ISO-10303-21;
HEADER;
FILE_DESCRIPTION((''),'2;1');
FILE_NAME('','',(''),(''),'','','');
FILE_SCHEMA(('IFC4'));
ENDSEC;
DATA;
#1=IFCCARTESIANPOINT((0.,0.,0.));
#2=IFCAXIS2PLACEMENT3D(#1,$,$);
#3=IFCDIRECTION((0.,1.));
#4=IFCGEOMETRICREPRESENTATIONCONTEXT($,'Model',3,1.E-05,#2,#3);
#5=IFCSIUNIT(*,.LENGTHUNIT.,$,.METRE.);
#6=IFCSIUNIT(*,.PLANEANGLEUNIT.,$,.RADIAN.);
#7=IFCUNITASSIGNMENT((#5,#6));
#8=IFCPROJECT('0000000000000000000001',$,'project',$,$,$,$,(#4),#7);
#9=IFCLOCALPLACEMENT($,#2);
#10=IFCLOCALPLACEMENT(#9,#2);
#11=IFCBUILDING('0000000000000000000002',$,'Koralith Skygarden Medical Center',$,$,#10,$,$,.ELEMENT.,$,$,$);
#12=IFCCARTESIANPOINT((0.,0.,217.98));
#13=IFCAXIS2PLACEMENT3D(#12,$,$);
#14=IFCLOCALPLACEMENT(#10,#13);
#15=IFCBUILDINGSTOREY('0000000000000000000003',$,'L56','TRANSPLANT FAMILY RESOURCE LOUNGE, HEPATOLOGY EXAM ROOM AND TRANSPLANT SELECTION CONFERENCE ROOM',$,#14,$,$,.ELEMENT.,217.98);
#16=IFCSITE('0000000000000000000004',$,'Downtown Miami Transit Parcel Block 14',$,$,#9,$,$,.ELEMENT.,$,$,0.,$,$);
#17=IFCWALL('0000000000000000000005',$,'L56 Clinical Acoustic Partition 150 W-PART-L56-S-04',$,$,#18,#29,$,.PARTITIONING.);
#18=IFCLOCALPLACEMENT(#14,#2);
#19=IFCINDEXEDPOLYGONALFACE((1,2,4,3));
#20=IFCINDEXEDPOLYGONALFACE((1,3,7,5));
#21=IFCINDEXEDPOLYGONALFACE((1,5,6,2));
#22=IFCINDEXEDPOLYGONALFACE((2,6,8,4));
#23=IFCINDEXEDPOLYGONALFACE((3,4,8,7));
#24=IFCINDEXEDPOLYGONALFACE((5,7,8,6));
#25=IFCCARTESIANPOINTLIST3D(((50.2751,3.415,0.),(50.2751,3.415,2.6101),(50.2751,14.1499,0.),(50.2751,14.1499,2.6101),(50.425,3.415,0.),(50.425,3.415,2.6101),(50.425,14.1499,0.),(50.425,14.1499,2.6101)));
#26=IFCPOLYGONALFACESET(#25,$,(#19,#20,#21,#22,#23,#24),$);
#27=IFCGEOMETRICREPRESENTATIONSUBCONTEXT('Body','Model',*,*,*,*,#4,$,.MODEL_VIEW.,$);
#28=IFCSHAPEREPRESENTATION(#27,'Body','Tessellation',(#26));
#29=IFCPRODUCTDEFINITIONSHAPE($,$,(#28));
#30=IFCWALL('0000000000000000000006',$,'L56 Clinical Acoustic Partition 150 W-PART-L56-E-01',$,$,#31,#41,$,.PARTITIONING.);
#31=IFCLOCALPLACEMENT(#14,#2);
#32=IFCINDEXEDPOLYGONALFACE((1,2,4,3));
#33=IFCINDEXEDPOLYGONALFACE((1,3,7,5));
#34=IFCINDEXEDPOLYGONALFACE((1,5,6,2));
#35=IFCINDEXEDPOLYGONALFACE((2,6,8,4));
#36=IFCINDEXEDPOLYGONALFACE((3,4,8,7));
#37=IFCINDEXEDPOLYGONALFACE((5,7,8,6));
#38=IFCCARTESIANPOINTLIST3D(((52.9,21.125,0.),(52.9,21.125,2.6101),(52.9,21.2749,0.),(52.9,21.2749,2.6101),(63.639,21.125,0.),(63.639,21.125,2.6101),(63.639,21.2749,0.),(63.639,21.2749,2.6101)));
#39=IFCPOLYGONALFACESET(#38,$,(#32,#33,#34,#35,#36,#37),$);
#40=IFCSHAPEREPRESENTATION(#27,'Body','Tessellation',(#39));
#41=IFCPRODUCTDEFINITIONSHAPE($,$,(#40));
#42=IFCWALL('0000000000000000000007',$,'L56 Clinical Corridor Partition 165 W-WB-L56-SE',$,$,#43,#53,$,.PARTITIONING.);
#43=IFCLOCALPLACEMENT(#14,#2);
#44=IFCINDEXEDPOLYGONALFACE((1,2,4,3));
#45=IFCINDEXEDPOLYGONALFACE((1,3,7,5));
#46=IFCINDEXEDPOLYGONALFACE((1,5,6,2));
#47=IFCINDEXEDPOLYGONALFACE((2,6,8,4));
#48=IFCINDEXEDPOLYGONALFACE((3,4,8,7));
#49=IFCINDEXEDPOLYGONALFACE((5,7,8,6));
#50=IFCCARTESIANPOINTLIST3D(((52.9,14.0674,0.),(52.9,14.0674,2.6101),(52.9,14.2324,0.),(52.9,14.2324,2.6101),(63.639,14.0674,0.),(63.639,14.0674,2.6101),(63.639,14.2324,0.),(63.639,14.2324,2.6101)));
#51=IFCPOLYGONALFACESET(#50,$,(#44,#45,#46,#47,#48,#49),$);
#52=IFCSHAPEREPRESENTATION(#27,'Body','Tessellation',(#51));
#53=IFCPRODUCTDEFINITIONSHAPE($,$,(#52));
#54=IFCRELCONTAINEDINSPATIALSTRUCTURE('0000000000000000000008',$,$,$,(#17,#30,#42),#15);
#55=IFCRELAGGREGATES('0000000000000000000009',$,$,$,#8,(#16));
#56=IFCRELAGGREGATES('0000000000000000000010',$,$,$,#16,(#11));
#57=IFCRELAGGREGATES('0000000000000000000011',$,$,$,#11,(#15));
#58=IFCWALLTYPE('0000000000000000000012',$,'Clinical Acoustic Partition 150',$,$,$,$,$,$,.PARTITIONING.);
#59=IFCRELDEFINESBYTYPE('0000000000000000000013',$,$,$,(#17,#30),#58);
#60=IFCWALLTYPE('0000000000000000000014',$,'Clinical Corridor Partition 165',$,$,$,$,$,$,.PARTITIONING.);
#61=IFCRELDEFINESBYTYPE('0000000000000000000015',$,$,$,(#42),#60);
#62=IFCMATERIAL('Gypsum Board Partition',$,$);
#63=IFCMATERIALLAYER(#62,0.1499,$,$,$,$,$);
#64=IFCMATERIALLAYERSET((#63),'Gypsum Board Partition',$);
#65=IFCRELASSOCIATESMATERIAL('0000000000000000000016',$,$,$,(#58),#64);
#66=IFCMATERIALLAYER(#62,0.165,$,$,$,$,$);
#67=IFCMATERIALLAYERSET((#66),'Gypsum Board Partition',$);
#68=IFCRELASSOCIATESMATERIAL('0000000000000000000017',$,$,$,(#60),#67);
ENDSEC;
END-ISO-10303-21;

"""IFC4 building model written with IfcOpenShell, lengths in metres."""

from ifc_helpers import new_model, si_unit, direction, frame, frame_2d, origin, place, context, subcontext, project, spatial, rectangle, extrude, material, layer, layer_set, type_object, element, save


model = new_model("IFC4")

# Units and contexts
model_context = context("Model", 3, precision=1e-05, world=origin(), true_north=direction((0.0, 1.0)))
body_context = subcontext(model_context, "Body", "Model", "MODEL_VIEW")
ifc_project = project(units=[si_unit("LENGTHUNIT", "METRE"), si_unit("PLANEANGLEUNIT", "RADIAN")], contexts=[model_context])

# Site, building, storey
site_placement = place(None, origin())
site = spatial("IfcSite", under=ifc_project, at=site_placement, Name="Downtown Miami Transit Parcel Block 14", CompositionType="ELEMENT", RefElevation=0.0)
building_placement = place(site_placement, origin())
building = spatial("IfcBuilding", under=site, at=building_placement, Name="Koralith Skygarden Medical Center", CompositionType="ELEMENT")
storey_placement = place(building_placement, frame((0.0, 0.0, 217.98)))
storey = spatial("IfcBuildingStorey", under=building, at=storey_placement, Name="L56", Description="TRANSPLANT FAMILY RESOURCE LOUNGE, HEPATOLOGY EXAM ROOM AND TRANSPLANT SELECTION CONFERENCE ROOM", CompositionType="ELEMENT", Elevation=217.98)

# Walls
ifc_material_1 = material(Name="Gypsum Board Partition")
ifc_layer_1 = layer(ifc_material_1, 0.1499)
ifc_layer_set_1 = layer_set([ifc_layer_1], Name="Gypsum Board Partition")
wall_type_1 = type_object("IfcWallType", Name="Clinical Acoustic Partition 150", PredefinedType="PARTITIONING", material=ifc_layer_set_1)
wall_1_placement = place(storey_placement, frame((50.3501, 14.1499, 0.0), z_axis=(0.0, 0.0, 1.0), x_axis=(0.0, -1.0, 0.0)))
element("IfcWall", 1, at=wall_1_placement, inside=storey, type_object=wall_type_1, Name="L56 Clinical Acoustic Partition 150 W-PART-L56-S-04", PredefinedType="PARTITIONING", context=body_context, shape_type="SweptSolid", body=[
    extrude(rectangle(XDim=10.7349, YDim=0.1499, at=frame_2d((5.3674, 0.0))), origin(), (0.0, 0.0, 1.0), 2.6101),
])
wall_2_placement = place(storey_placement, frame((52.8999, 21.2, 0.0), z_axis=(0.0, 0.0, 1.0), x_axis=(1.0, 0.0, 0.0)))
element("IfcWall", 2, at=wall_2_placement, inside=storey, type_object=wall_type_1, Name="L56 Clinical Acoustic Partition 150 W-PART-L56-E-01", PredefinedType="PARTITIONING", context=body_context, shape_type="SweptSolid", body=[
    extrude(rectangle(XDim=10.739, YDim=0.1499, at=frame_2d((5.3696, 0.0))), origin(), (0.0, 0.0, 1.0), 2.6101),
])
ifc_layer_2 = layer(ifc_material_1, 0.165)
ifc_layer_set_2 = layer_set([ifc_layer_2], Name="Gypsum Board Partition")
wall_type_2 = type_object("IfcWallType", Name="Clinical Corridor Partition 165", PredefinedType="PARTITIONING", material=ifc_layer_set_2)
wall_3_placement = place(storey_placement, frame((52.8999, 14.1499, 0.0), z_axis=(0.0, 0.0, 1.0), x_axis=(1.0, 0.0, 0.0)))
element("IfcWall", 3, at=wall_3_placement, inside=storey, type_object=wall_type_2, Name="L56 Clinical Corridor Partition 165 W-WB-L56-SE", PredefinedType="PARTITIONING", context=body_context, shape_type="SweptSolid", body=[
    extrude(rectangle(XDim=10.739, YDim=0.165, at=frame_2d((5.3696, 0.0))), origin(), (0.0, 0.0, 1.0), 2.6101),
])

save(model, "model.ifc")
